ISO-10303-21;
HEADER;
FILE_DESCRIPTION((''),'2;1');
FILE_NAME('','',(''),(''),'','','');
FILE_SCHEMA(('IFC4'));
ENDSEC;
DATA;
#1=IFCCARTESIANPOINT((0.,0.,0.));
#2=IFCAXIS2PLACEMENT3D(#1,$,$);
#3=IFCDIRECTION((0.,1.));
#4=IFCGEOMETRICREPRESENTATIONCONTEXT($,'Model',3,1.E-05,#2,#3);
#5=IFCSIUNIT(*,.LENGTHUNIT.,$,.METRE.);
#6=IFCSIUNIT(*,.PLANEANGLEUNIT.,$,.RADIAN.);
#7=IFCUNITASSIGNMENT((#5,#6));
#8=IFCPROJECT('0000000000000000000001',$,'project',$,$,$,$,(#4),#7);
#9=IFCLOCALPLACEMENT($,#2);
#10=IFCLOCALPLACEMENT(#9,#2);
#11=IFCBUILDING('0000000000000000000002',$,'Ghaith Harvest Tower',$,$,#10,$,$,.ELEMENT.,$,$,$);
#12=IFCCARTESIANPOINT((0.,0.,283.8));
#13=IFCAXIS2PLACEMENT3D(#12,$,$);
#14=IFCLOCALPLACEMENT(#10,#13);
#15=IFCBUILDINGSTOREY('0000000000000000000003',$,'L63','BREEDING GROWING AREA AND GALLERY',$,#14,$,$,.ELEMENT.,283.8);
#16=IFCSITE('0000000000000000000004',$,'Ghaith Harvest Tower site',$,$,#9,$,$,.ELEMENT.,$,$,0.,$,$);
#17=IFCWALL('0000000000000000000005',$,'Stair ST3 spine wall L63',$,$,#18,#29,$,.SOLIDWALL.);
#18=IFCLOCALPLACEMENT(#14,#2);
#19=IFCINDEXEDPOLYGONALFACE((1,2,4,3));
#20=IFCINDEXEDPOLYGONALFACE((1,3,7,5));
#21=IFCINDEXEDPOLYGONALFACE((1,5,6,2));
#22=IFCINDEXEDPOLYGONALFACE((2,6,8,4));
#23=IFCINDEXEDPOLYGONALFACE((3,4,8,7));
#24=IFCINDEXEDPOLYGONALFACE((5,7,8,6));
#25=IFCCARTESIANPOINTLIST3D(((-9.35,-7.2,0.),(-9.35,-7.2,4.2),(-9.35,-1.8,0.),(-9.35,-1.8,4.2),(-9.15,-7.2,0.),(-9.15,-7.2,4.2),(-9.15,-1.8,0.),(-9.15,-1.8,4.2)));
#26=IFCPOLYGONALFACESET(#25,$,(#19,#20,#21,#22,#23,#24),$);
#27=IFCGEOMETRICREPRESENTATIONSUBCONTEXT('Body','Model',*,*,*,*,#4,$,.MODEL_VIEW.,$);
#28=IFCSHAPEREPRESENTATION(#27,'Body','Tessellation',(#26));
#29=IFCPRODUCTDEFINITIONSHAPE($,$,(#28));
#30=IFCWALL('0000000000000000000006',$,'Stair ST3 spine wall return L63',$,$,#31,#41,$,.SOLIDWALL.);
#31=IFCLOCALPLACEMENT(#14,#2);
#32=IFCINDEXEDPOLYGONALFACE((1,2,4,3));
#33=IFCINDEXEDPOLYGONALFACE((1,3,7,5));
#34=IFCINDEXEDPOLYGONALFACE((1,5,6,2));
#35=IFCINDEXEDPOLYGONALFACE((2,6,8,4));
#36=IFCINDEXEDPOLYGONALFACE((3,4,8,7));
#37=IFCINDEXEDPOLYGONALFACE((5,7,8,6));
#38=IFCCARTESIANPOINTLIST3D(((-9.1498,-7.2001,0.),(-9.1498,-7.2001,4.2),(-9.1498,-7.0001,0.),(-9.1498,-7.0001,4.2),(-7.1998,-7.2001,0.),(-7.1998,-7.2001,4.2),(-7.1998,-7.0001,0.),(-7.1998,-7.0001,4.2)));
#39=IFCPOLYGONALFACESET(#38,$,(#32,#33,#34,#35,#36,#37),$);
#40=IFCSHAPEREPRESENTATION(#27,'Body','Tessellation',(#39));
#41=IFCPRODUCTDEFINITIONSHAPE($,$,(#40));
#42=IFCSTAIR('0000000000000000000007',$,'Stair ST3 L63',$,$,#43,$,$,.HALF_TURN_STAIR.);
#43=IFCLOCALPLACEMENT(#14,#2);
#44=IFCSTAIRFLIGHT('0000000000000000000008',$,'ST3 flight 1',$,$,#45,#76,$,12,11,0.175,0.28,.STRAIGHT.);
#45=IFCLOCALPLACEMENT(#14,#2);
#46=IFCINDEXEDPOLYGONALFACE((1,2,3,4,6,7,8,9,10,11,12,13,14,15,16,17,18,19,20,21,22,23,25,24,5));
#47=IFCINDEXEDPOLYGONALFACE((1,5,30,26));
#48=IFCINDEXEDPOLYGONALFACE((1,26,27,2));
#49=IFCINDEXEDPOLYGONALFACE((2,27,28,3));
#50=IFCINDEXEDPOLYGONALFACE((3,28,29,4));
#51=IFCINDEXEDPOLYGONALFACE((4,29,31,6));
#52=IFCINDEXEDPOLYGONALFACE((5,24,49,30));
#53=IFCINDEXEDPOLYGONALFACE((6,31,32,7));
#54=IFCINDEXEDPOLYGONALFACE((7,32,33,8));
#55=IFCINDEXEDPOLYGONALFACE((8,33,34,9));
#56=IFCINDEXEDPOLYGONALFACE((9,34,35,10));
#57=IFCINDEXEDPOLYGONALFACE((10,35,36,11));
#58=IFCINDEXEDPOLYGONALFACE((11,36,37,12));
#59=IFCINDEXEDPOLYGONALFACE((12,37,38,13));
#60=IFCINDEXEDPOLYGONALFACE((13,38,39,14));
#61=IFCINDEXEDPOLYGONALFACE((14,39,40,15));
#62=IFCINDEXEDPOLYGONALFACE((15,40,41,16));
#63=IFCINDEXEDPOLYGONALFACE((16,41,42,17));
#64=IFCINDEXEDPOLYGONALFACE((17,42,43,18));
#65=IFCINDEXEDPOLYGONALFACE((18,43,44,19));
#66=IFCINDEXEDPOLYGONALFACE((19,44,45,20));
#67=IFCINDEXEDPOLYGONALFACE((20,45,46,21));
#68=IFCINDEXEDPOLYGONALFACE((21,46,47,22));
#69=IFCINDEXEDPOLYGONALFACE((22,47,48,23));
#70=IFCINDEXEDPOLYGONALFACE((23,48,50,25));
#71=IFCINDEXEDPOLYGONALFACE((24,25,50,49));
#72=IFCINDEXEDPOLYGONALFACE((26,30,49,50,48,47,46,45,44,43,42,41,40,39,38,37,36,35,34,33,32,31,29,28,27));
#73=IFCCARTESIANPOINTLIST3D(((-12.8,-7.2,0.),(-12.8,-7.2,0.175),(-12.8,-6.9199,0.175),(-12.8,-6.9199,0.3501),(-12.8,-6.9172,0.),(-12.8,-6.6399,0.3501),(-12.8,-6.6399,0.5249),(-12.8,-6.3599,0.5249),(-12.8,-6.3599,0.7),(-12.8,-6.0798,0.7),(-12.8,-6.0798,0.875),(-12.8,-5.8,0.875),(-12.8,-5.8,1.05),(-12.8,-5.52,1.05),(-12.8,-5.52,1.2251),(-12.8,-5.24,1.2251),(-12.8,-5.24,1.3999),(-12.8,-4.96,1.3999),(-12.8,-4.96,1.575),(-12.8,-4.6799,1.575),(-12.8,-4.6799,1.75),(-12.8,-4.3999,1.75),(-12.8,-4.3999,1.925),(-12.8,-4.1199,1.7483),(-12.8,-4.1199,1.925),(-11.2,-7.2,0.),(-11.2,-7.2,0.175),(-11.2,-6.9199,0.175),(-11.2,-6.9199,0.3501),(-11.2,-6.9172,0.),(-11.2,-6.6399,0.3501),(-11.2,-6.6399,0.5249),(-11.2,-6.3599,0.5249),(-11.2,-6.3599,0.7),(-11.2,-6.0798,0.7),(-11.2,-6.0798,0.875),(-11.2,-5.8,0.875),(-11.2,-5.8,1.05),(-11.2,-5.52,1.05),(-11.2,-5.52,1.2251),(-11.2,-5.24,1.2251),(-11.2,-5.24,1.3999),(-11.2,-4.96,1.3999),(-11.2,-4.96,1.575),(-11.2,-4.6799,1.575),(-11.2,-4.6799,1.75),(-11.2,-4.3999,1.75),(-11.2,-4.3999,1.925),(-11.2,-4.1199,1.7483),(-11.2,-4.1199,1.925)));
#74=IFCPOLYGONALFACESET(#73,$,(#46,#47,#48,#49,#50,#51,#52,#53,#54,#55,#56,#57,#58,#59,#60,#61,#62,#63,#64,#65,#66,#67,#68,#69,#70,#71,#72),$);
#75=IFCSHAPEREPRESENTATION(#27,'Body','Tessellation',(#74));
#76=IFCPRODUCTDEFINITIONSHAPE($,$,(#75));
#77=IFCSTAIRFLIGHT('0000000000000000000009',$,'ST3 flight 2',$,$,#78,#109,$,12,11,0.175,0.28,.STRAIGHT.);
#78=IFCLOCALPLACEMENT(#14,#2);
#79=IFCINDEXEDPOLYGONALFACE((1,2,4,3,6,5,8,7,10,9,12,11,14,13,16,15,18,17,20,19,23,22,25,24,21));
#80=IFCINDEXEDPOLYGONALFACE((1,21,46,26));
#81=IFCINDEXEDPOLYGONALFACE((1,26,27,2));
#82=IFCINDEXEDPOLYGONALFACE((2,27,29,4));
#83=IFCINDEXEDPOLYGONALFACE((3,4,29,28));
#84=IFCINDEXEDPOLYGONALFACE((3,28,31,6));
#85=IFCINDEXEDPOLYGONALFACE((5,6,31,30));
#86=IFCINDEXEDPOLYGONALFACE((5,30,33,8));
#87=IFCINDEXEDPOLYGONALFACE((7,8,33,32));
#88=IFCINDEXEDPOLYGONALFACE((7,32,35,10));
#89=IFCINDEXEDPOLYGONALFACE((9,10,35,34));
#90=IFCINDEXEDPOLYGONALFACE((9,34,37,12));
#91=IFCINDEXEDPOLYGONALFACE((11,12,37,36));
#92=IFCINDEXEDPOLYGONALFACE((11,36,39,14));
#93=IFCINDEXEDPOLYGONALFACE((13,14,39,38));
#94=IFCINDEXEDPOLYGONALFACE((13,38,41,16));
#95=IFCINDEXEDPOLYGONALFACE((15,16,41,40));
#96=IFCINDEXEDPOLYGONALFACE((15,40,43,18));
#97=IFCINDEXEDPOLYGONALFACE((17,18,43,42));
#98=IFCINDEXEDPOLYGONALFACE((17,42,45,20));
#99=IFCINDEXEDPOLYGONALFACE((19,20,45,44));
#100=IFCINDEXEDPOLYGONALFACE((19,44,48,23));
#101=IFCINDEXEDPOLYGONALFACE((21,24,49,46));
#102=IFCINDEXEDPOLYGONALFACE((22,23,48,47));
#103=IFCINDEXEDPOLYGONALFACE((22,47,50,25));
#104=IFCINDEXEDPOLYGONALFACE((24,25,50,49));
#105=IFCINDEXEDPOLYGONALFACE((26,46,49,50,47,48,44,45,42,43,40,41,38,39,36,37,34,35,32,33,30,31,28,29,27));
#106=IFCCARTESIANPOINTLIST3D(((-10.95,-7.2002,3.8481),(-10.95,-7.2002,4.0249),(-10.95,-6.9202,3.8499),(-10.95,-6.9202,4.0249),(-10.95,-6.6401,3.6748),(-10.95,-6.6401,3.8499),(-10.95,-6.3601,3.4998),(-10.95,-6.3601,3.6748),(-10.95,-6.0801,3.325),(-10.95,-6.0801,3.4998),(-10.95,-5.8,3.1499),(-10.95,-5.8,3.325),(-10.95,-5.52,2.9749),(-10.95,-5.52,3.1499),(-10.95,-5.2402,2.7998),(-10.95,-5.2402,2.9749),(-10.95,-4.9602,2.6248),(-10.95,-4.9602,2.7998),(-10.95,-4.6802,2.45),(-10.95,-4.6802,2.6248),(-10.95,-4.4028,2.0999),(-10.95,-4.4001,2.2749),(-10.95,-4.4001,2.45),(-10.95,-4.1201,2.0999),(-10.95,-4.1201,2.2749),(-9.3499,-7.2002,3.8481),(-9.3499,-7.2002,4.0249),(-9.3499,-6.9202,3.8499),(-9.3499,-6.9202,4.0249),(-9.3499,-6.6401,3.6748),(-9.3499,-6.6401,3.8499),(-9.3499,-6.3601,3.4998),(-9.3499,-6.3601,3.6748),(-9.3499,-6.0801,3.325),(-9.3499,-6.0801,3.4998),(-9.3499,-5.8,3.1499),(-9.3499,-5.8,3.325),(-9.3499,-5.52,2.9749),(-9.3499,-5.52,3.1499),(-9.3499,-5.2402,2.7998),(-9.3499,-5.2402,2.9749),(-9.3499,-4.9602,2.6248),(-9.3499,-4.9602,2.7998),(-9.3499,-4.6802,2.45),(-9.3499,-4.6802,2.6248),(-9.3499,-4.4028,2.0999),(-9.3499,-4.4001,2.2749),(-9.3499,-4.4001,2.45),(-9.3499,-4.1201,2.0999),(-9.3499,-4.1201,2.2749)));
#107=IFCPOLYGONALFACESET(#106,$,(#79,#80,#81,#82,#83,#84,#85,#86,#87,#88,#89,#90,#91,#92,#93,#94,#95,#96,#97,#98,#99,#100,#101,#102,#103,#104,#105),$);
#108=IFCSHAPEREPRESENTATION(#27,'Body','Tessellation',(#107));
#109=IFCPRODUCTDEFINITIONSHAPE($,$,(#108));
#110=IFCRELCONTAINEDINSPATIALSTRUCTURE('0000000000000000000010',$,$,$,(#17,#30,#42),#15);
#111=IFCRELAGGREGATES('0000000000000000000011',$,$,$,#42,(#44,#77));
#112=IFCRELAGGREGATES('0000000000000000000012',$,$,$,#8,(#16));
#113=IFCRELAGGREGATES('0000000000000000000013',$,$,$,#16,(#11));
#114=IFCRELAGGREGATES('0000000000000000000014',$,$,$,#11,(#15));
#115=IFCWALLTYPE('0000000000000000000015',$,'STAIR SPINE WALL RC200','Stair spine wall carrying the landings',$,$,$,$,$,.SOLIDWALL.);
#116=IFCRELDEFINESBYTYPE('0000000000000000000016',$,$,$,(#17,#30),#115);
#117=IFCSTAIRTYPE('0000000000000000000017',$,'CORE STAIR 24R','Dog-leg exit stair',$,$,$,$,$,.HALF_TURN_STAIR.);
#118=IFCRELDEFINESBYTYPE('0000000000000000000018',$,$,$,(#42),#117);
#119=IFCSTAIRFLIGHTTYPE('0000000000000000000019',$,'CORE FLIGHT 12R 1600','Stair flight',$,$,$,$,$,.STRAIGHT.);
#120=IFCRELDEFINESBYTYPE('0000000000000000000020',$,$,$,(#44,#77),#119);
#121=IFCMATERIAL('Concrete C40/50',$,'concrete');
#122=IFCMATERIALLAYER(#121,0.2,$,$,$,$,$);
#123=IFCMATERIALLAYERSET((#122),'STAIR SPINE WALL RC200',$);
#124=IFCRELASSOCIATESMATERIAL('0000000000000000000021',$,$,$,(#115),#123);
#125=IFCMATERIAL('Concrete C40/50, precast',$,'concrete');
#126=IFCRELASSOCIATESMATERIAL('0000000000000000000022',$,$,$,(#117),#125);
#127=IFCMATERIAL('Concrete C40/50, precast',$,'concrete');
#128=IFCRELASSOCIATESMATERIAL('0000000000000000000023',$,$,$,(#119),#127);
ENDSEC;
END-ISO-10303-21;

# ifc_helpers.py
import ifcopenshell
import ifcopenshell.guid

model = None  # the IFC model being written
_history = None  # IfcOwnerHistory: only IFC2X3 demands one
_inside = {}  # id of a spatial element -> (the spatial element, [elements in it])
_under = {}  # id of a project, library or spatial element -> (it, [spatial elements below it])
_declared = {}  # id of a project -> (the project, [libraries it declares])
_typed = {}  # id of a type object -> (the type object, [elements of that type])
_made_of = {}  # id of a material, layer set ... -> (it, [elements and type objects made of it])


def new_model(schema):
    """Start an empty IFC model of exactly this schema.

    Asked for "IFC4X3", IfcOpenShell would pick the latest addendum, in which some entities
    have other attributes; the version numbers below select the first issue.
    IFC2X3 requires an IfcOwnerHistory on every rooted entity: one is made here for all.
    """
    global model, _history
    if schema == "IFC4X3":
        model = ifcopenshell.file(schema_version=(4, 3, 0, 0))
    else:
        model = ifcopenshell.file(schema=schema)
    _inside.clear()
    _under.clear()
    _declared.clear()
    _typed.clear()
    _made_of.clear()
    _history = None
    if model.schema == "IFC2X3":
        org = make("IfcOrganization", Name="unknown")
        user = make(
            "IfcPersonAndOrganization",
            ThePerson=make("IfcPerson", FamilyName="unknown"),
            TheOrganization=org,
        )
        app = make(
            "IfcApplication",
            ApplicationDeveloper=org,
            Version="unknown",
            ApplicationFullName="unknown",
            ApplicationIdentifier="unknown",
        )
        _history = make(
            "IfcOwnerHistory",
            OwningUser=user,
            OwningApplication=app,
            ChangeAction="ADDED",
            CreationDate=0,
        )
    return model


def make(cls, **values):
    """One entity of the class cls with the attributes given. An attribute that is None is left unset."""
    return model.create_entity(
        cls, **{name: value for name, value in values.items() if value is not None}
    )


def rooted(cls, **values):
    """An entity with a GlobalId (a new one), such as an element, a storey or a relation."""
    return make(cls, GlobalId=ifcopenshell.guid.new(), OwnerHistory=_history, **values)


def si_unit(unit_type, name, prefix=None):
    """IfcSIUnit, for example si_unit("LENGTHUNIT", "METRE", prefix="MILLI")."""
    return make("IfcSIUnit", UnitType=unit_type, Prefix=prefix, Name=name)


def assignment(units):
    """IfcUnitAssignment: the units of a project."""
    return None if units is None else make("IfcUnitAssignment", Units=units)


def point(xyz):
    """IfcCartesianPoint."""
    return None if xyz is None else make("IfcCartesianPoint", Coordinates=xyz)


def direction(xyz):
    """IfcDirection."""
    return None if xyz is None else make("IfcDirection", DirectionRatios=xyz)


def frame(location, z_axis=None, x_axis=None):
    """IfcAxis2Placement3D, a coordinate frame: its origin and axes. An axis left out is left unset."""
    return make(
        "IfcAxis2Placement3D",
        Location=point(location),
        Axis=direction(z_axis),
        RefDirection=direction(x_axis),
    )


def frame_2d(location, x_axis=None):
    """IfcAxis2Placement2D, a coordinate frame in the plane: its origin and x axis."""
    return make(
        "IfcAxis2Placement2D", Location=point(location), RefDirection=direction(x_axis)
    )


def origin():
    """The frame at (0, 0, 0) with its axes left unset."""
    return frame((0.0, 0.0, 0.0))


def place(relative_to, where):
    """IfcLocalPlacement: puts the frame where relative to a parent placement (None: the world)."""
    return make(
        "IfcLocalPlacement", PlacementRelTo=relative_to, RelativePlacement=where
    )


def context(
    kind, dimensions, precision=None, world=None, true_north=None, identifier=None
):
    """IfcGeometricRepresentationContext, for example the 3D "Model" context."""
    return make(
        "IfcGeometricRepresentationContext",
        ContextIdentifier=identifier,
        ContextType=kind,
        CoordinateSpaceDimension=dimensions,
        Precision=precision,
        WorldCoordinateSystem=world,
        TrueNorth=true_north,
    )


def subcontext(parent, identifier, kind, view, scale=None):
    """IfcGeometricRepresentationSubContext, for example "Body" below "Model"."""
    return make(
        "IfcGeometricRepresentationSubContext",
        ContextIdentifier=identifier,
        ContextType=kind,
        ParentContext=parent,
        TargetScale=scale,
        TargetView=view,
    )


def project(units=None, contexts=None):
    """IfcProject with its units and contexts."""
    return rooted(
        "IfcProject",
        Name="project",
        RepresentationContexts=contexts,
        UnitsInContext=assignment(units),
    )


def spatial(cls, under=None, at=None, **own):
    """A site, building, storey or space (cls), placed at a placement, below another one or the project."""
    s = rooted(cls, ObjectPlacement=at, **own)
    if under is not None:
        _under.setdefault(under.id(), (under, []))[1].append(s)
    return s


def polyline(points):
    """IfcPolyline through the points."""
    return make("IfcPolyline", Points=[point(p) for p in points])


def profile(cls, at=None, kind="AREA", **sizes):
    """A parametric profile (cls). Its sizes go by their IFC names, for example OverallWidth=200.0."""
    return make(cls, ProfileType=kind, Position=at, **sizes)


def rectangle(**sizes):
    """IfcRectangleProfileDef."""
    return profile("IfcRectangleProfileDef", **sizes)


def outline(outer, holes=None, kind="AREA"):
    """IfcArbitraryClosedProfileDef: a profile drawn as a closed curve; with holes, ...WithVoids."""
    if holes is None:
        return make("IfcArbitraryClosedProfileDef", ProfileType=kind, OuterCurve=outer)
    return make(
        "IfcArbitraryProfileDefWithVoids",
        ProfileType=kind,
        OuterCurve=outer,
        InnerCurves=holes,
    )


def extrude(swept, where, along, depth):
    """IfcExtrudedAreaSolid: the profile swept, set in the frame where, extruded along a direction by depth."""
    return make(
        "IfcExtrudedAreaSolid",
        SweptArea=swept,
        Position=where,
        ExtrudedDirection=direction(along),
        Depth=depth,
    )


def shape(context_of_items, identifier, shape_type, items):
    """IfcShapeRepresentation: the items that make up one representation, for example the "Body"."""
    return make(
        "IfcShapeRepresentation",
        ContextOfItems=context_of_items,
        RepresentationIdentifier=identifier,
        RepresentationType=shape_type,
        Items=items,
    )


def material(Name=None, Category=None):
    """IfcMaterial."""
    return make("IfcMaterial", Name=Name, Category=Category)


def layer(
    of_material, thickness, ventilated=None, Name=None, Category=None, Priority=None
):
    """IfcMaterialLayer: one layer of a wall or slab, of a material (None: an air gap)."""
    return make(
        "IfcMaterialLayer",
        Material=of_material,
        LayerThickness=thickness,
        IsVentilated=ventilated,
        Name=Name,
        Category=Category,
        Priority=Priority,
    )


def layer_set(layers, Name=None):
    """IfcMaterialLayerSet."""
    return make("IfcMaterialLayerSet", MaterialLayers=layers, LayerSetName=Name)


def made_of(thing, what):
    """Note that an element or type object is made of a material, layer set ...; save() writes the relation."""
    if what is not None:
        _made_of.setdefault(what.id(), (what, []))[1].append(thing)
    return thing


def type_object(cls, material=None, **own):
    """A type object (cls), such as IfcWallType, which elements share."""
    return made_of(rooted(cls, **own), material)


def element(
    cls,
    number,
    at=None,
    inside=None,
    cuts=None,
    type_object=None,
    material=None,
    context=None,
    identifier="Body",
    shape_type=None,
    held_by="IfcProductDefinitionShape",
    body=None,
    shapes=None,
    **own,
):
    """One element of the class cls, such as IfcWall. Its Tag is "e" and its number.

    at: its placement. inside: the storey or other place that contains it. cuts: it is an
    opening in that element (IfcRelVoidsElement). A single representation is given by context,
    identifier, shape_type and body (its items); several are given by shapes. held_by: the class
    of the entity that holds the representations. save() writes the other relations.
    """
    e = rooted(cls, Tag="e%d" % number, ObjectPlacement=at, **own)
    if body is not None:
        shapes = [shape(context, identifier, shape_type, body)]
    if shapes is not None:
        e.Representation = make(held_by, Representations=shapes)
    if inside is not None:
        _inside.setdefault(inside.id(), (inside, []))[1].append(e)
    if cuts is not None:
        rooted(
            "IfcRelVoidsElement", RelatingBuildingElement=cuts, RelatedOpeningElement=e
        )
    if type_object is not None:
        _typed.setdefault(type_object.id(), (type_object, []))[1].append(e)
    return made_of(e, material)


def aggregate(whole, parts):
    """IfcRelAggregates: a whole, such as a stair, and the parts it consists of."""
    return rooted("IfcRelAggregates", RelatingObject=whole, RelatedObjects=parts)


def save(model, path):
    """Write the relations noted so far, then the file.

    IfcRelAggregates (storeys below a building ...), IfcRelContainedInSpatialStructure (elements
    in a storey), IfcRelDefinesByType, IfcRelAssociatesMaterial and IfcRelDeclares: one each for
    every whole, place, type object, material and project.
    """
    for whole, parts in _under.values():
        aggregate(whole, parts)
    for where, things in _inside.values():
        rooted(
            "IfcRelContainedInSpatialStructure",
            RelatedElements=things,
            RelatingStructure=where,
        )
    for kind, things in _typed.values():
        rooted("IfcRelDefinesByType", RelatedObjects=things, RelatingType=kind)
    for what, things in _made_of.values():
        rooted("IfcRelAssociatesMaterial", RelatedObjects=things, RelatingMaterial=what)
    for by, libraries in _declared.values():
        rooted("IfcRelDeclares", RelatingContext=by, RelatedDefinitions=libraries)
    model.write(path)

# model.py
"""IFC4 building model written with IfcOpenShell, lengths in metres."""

from ifc_helpers import new_model, si_unit, direction, frame, frame_2d, origin, place, context, subcontext, project, spatial, polyline, rectangle, outline, extrude, material, layer, layer_set, type_object, element, aggregate, save


model = new_model("IFC4")

# Units and contexts
model_context = context("Model", 3, precision=1e-05, world=origin(), true_north=direction((0.0, 1.0)))
body_context = subcontext(model_context, "Body", "Model", "MODEL_VIEW")
ifc_project = project(units=[si_unit("LENGTHUNIT", "METRE"), si_unit("PLANEANGLEUNIT", "RADIAN")], contexts=[model_context])

# Site, building, storey
site_placement = place(None, origin())
site = spatial("IfcSite", under=ifc_project, at=site_placement, Name="Ghaith Harvest Tower site", CompositionType="ELEMENT", RefElevation=0.0)
building_placement = place(site_placement, origin())
building = spatial("IfcBuilding", under=site, at=building_placement, Name="Ghaith Harvest Tower", CompositionType="ELEMENT")
storey_placement = place(building_placement, frame((0.0, 0.0, 283.8)))
storey = spatial("IfcBuildingStorey", under=building, at=storey_placement, Name="L63", Description="BREEDING GROWING AREA AND GALLERY", CompositionType="ELEMENT", Elevation=283.8)

# Walls
ifc_material_1 = material(Name="Concrete C40/50", Category="concrete")
ifc_layer_1 = layer(ifc_material_1, 0.2)
ifc_layer_set_1 = layer_set([ifc_layer_1], Name="STAIR SPINE WALL RC200")
wall_type_1 = type_object("IfcWallType", Name="STAIR SPINE WALL RC200", Description="Stair spine wall carrying the landings", PredefinedType="SOLIDWALL", material=ifc_layer_set_1)
wall_1_placement = place(storey_placement, frame((-9.25, -7.2, 0.0), z_axis=(0.0, 0.0, 1.0), x_axis=(0.0, 1.0, 0.0)))
element("IfcWall", 1, at=wall_1_placement, inside=storey, type_object=wall_type_1, Name="Stair ST3 spine wall L63", PredefinedType="SOLIDWALL", context=body_context, shape_type="SweptSolid", body=[
    extrude(rectangle(XDim=5.3999, YDim=0.2, at=frame_2d((2.7, 0.0))), origin(), (0.0, 0.0, 1.0), 4.2),
])
wall_2_placement = place(storey_placement, frame((-9.1499, -7.1001, 0.0), z_axis=(0.0, 0.0, 1.0), x_axis=(1.0, 0.0, 0.0)))
element("IfcWall", 2, at=wall_2_placement, inside=storey, type_object=wall_type_1, Name="Stair ST3 spine wall return L63", PredefinedType="SOLIDWALL", context=body_context, shape_type="SweptSolid", body=[
    extrude(rectangle(XDim=1.95, YDim=0.2, at=frame_2d((0.9751, 0.0))), origin(), (0.0, 0.0, 1.0), 4.2),
])

# Stair, stair flights
ifc_material_2 = material(Name="Concrete C40/50, precast", Category="concrete")
stair_type = type_object("IfcStairType", Name="CORE STAIR 24R", Description="Dog-leg exit stair", PredefinedType="HALF_TURN_STAIR", material=ifc_material_2)
stair_placement = place(storey_placement, origin())
stair = element("IfcStair", 3, at=stair_placement, inside=storey, type_object=stair_type, Name="Stair ST3 L63", PredefinedType="HALF_TURN_STAIR")
ifc_material_3 = material(Name="Concrete C40/50, precast", Category="concrete")
stair_flight_type = type_object("IfcStairFlightType", Name="CORE FLIGHT 12R 1600", Description="Stair flight", PredefinedType="STRAIGHT", material=ifc_material_3)
stair_flight_1_placement = place(storey_placement, frame((-12.0, -7.2, 0.0), z_axis=(0.0, 0.0, 1.0), x_axis=(0.0, 1.0, 0.0)))
stair_flight_1 = element("IfcStairFlight", 4, at=stair_flight_1_placement, type_object=stair_flight_type, Name="ST3 flight 1", NumberOfRisers=12, NumberOfTreads=11, PredefinedType="STRAIGHT", RiserHeight=0.175, TreadLength=0.28, context=body_context, shape_type="SweptSolid", body=[
    extrude(outline(polyline([(0.0, 0.0), (0.0, 0.175), (0.28, 0.175), (0.28, 0.3501), (0.5601, 0.3501), (0.5601, 0.5249), (0.8401, 0.5249), (0.8401, 0.7), (1.1201, 0.7), (1.1201, 0.875), (1.3999, 0.875), (1.3999, 1.05), (1.6799, 1.05), (1.6799, 1.2251), (1.96, 1.2251), (1.96, 1.3999), (2.24, 1.3999), (2.24, 1.575), (2.52, 1.575), (2.52, 1.75), (2.8, 1.75), (2.8, 1.925), (3.0801, 1.925), (3.0801, 2.1001), (3.0801, 1.7483), (0.2827, 0.0), (0.0, 0.0)])), frame((0.0, 0.8, 0.0), z_axis=(0.0, -1.0, 0.0), x_axis=(1.0, 0.0, 0.0)), (0.0, 0.0, 1.0), 1.6001),
])
stair_flight_2_placement = place(storey_placement, frame((-10.1499, -4.1201, 2.0999), z_axis=(0.0, 0.0, 1.0), x_axis=(0.0, -1.0, 0.0)))
stair_flight_2 = element("IfcStairFlight", 5, at=stair_flight_2_placement, type_object=stair_flight_type, Name="ST3 flight 2", NumberOfRisers=12, NumberOfTreads=11, PredefinedType="STRAIGHT", RiserHeight=0.175, TreadLength=0.28, context=body_context, shape_type="SweptSolid", body=[
    extrude(outline(polyline([(0.0, 0.0), (0.0, 0.175), (0.28, 0.175), (0.28, 0.3501), (0.5601, 0.3501), (0.5601, 0.5249), (0.8401, 0.5249), (0.8401, 0.7), (1.1201, 0.7), (1.1201, 0.875), (1.3999, 0.875), (1.3999, 1.05), (1.6799, 1.05), (1.6799, 1.2251), (1.96, 1.2251), (1.96, 1.3999), (2.24, 1.3999), (2.24, 1.575), (2.52, 1.575), (2.52, 1.75), (2.8, 1.75), (2.8, 1.925), (3.0801, 1.925), (3.0801, 2.1001), (3.0801, 1.7483), (0.2827, 0.0), (0.0, 0.0)])), frame((0.0, 0.8, 0.0), z_axis=(0.0, -1.0, 0.0), x_axis=(1.0, 0.0, 0.0)), (0.0, 0.0, 1.0), 1.6001),
])
aggregate(stair, [stair_flight_1, stair_flight_2])

save(model, "model.ifc")
